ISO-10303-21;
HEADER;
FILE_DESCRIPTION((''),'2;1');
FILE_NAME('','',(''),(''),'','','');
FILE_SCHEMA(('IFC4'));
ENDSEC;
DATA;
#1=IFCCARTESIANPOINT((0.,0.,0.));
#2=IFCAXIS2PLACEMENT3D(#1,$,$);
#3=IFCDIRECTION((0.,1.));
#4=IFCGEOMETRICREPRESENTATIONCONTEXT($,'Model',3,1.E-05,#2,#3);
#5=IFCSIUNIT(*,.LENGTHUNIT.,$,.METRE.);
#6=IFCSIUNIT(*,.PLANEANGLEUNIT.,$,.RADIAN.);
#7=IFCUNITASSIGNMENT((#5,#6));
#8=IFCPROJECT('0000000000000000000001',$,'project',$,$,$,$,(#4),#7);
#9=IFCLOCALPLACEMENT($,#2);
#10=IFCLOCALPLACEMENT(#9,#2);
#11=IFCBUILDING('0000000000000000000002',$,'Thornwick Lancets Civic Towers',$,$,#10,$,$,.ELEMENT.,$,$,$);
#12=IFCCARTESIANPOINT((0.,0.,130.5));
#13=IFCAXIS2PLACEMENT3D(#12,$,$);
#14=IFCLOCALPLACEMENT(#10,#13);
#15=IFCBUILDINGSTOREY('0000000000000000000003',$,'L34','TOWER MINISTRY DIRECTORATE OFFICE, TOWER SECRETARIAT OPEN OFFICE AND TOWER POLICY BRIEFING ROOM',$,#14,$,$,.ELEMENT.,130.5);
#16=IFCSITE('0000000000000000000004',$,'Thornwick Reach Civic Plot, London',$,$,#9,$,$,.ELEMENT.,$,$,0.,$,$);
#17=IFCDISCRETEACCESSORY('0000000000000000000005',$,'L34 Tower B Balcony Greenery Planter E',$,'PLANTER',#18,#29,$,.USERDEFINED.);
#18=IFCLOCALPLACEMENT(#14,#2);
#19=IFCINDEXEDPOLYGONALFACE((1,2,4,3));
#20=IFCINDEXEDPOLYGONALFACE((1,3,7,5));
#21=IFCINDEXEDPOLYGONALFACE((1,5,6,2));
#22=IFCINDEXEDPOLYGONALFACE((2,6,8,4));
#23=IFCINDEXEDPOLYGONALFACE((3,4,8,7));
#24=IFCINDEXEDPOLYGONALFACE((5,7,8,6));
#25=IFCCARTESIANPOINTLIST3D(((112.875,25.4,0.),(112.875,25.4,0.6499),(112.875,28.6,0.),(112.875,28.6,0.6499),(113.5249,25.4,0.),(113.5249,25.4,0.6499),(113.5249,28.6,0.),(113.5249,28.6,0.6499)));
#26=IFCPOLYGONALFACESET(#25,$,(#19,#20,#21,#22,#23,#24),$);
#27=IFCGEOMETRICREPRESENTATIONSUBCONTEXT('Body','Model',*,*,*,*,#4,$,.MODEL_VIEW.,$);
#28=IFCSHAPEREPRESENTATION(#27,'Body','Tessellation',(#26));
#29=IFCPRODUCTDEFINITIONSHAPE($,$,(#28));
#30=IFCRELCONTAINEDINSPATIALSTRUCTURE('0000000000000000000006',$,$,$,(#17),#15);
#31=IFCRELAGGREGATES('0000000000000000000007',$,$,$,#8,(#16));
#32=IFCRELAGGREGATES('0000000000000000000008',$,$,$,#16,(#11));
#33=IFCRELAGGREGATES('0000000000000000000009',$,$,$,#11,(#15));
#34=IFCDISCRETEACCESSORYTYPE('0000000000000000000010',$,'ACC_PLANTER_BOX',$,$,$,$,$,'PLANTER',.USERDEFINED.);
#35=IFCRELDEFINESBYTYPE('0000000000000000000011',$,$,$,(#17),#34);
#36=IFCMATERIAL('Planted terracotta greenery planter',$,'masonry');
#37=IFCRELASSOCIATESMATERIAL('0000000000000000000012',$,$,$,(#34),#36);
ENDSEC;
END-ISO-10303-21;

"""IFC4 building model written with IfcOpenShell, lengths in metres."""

from ifc_helpers import new_model, si_unit, direction, frame, origin, origin_2d, place, context, subcontext, project, spatial, rectangle, extrude, material, type_object, element, save


model = new_model("IFC4")

# Units and contexts
model_context = context("Model", 3, precision=1e-05, world=origin(), true_north=direction((0.0, 1.0)))
body_context = subcontext(model_context, "Body", "Model", "MODEL_VIEW")
ifc_project = project(units=[si_unit("LENGTHUNIT", "METRE"), si_unit("PLANEANGLEUNIT", "RADIAN")], contexts=[model_context])

# Site, building, storey
site_placement = place(None, origin())
site = spatial("IfcSite", under=ifc_project, at=site_placement, Name="Thornwick Reach Civic Plot, London", CompositionType="ELEMENT", RefElevation=0.0)
building_placement = place(site_placement, origin())
building = spatial("IfcBuilding", under=site, at=building_placement, Name="Thornwick Lancets Civic Towers", CompositionType="ELEMENT")
storey_placement = place(building_placement, frame((0.0, 0.0, 130.5)))
storey = spatial("IfcBuildingStorey", under=building, at=storey_placement, Name="L34", Description="TOWER MINISTRY DIRECTORATE OFFICE, TOWER SECRETARIAT OPEN OFFICE AND TOWER POLICY BRIEFING ROOM", CompositionType="ELEMENT", Elevation=130.5)

# Discrete accessory
ifc_material_1 = material(Name="Planted terracotta greenery planter", Category="masonry")
discrete_accessory_type = type_object("IfcDiscreteAccessoryType", Name="ACC_PLANTER_BOX", ElementType="PLANTER", PredefinedType="USERDEFINED", material=ifc_material_1)
discrete_accessory_placement = place(storey_placement, frame((113.2, 27.0, 0.0), z_axis=(0.0, 0.0, 1.0), x_axis=(1.0, 0.0, 0.0)))
element("IfcDiscreteAccessory", 1, at=discrete_accessory_placement, inside=storey, type_object=discrete_accessory_type, Name="L34 Tower B Balcony Greenery Planter E", ObjectType="PLANTER", PredefinedType="USERDEFINED", context=body_context, shape_type="SweptSolid", body=[
    extrude(rectangle(XDim=0.6499, YDim=3.2, at=origin_2d()), origin(), (0.0, 0.0, 1.0), 0.6499),
])

save(model, "model.ifc")
